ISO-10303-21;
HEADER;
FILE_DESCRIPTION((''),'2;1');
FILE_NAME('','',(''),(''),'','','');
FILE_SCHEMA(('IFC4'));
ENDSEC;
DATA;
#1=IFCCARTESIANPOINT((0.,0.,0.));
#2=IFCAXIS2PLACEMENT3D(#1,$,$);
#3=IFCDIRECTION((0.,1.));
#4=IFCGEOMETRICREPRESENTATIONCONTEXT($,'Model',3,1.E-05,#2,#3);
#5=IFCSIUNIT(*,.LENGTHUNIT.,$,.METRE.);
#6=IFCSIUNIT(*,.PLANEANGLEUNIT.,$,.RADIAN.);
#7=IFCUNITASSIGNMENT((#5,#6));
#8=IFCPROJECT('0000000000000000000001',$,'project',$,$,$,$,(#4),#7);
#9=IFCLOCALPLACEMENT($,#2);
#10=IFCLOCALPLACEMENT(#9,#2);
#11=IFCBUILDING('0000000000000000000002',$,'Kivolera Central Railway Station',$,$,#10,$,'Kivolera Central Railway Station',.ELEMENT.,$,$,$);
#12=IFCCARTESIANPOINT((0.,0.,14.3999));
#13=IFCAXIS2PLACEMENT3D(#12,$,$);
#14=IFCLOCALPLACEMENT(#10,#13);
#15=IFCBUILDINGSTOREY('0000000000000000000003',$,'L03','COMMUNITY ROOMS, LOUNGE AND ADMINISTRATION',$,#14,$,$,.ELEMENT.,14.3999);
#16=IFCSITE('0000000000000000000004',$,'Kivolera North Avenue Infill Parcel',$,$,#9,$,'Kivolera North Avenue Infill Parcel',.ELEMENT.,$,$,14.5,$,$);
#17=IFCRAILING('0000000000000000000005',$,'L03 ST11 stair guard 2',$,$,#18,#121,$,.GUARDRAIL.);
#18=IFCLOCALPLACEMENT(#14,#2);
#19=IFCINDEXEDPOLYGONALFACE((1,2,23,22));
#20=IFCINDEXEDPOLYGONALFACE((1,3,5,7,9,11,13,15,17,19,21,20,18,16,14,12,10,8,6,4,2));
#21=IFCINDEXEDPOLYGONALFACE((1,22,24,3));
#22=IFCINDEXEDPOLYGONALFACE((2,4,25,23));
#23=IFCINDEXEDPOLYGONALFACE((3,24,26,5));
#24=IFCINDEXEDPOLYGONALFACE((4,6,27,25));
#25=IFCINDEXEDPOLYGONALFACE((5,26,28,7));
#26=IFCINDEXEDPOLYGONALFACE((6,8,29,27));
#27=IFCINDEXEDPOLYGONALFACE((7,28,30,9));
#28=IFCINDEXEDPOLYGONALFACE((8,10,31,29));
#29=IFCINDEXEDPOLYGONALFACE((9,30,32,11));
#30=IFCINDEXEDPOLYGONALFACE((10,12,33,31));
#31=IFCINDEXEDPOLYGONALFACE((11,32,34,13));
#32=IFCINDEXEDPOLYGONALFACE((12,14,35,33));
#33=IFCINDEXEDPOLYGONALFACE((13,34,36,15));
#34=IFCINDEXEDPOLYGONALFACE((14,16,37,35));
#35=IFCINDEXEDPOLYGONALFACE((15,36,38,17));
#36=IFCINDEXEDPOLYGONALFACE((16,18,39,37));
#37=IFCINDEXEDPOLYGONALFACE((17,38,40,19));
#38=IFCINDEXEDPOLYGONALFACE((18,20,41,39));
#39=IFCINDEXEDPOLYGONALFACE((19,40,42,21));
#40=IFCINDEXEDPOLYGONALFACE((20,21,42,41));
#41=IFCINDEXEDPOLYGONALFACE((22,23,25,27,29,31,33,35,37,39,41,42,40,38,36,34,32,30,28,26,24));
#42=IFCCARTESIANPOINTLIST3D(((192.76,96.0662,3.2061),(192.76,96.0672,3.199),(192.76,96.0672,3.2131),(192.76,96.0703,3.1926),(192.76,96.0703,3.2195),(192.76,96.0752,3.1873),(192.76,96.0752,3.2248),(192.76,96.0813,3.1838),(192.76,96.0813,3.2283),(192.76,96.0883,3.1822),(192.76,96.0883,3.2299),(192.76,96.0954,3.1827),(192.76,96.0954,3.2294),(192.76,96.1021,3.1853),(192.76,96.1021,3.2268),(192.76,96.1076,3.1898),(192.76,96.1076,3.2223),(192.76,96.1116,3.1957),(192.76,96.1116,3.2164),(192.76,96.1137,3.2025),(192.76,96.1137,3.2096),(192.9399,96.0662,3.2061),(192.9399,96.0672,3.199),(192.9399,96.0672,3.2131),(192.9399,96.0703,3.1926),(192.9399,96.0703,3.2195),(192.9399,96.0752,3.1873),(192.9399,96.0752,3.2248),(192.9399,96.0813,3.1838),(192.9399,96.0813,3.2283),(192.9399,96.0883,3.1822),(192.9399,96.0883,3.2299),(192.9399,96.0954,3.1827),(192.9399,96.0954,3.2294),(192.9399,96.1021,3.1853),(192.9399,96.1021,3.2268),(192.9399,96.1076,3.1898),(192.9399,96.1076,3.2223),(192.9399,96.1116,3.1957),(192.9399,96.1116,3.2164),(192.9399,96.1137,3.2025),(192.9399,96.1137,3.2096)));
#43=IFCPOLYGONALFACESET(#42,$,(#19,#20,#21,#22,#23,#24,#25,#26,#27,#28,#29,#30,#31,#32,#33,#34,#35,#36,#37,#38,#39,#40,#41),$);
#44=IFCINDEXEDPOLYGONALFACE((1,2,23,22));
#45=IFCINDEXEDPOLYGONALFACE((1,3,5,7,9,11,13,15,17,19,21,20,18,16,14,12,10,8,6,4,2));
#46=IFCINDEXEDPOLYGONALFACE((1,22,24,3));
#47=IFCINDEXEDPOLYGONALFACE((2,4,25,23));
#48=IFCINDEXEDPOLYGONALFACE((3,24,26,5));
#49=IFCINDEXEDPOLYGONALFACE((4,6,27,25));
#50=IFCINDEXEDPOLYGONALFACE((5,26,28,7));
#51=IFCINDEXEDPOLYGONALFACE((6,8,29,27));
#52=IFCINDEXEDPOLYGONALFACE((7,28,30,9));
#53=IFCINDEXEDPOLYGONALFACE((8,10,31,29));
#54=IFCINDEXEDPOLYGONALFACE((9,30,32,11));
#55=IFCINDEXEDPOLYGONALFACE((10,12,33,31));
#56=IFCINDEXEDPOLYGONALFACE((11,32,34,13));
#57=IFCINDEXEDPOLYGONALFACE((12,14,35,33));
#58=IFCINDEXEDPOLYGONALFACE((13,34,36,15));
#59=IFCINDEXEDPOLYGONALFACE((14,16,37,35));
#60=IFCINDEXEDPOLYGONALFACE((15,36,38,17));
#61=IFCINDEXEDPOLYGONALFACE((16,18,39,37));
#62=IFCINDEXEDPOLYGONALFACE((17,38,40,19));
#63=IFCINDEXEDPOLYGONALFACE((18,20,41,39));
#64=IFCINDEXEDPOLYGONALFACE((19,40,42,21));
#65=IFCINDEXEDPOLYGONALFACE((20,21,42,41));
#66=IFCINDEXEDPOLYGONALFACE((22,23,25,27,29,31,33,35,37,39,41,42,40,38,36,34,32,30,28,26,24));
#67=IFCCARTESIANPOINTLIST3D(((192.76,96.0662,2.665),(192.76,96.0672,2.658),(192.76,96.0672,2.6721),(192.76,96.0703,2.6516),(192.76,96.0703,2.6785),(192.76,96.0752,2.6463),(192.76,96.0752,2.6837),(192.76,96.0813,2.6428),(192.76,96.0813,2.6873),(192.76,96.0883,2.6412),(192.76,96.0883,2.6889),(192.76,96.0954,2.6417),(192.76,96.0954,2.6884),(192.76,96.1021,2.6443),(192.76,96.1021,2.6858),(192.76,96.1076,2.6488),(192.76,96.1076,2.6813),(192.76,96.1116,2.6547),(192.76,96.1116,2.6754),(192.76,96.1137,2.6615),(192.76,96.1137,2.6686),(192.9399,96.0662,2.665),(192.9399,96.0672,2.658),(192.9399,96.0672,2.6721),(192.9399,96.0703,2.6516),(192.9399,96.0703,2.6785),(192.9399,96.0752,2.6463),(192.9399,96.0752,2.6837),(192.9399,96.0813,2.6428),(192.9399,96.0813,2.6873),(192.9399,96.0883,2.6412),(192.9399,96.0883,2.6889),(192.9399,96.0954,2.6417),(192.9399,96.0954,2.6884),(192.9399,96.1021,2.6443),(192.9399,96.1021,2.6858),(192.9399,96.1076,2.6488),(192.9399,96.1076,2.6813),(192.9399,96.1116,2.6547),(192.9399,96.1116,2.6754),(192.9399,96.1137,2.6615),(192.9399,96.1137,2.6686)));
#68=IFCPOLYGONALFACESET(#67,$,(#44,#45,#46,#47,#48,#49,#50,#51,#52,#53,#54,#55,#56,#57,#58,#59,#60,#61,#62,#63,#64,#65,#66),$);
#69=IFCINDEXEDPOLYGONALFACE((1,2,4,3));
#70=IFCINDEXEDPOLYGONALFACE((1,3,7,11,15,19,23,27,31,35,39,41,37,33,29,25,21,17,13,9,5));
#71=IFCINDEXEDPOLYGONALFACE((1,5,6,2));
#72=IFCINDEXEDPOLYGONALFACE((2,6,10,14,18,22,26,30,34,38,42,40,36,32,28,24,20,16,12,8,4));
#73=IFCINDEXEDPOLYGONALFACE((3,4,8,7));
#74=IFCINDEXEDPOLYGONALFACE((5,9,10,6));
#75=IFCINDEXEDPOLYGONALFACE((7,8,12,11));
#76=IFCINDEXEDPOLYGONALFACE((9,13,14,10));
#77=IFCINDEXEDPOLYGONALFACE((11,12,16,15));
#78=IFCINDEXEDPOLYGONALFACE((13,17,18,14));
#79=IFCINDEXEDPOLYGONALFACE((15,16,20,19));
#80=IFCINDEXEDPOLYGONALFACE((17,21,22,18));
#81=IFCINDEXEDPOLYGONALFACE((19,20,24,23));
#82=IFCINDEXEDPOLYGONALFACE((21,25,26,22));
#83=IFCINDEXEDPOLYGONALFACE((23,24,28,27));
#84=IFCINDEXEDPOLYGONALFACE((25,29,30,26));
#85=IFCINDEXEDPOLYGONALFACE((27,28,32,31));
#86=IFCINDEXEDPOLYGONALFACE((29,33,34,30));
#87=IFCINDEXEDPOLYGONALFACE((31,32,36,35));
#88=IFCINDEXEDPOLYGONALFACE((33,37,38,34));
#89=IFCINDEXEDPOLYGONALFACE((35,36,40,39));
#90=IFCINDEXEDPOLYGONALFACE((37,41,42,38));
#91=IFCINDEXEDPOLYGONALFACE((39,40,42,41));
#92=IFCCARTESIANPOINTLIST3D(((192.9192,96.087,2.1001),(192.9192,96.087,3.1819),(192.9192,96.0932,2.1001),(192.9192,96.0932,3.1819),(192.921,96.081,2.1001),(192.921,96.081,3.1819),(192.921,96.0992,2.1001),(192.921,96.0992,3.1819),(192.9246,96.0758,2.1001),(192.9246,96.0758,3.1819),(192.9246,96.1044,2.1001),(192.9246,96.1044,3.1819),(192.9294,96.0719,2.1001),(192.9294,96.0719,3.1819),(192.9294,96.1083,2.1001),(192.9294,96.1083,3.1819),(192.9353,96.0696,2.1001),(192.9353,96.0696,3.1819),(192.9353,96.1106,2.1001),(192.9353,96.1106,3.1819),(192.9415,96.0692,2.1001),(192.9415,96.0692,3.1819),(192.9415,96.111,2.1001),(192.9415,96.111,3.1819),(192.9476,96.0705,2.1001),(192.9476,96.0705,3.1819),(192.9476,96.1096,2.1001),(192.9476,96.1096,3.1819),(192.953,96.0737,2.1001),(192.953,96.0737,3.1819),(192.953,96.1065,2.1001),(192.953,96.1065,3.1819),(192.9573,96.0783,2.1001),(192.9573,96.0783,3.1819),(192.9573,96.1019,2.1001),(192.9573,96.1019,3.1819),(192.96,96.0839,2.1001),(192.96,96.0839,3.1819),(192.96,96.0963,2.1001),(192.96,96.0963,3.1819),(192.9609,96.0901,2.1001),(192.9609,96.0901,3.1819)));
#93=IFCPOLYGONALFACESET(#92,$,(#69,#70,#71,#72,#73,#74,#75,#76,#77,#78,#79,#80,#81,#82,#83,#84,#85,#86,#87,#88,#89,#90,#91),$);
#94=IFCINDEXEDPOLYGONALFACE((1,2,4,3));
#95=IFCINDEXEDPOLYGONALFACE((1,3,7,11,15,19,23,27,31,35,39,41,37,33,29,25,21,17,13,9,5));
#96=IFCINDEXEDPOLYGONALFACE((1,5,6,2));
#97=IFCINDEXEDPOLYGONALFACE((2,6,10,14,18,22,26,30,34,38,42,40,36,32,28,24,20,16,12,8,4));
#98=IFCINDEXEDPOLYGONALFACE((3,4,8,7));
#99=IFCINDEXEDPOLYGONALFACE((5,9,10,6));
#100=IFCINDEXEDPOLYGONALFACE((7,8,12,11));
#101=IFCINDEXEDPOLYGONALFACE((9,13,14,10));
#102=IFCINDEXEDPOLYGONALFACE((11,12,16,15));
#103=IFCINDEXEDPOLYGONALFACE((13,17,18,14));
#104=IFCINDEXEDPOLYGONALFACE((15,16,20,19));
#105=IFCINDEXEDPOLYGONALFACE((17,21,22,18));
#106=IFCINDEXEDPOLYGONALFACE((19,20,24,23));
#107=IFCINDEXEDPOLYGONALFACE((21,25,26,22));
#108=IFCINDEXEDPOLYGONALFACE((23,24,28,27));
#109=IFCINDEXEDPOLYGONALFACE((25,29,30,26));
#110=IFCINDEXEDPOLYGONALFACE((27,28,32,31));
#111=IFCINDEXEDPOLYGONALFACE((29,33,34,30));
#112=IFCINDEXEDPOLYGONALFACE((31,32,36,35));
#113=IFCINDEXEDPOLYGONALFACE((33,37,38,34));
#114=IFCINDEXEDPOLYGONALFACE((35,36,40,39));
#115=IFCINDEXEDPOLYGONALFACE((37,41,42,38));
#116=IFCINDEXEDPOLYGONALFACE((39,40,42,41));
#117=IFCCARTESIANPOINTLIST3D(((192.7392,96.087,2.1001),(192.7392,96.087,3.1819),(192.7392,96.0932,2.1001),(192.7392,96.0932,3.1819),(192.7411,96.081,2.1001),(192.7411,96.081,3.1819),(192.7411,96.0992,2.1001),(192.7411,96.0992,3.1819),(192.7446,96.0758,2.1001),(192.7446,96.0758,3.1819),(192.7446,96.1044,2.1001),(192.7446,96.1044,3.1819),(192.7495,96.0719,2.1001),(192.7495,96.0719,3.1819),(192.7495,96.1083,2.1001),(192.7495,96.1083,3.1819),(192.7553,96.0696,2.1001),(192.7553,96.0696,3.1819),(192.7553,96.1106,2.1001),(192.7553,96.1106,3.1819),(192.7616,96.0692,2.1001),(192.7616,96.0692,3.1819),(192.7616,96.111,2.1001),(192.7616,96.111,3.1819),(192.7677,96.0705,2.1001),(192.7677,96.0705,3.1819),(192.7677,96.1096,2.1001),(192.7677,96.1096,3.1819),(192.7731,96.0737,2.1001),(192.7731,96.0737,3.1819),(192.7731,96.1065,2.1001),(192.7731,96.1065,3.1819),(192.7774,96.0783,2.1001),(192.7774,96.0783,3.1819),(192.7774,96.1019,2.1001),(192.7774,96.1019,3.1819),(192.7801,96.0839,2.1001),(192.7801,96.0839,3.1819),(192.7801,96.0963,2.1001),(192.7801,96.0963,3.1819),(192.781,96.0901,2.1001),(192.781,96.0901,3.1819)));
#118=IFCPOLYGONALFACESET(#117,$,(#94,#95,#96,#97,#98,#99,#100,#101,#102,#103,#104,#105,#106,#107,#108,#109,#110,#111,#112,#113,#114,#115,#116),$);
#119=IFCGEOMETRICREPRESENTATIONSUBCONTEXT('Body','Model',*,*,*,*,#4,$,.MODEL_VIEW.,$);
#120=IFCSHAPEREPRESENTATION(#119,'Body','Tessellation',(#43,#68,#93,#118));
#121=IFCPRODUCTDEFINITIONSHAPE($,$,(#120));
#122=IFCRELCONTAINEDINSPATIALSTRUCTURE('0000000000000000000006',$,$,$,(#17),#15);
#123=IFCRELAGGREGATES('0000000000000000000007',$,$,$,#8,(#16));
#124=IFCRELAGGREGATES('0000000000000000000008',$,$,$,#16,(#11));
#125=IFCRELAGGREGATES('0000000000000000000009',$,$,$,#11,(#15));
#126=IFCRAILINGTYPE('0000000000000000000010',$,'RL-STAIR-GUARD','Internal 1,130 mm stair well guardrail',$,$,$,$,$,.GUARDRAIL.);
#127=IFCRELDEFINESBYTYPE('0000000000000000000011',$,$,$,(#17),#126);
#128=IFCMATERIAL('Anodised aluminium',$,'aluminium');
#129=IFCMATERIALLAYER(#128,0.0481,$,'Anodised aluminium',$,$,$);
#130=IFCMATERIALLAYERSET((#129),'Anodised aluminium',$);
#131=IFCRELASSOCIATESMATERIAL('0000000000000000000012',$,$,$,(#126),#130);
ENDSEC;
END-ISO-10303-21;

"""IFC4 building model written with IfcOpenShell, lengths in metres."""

from ifc_helpers import new_model, si_unit, direction, frame, origin, origin_2d, place, context, subcontext, project, spatial, circle, extrude, material, layer, layer_set, type_object, element, save


model = new_model("IFC4")

# Units and contexts
model_context = context("Model", 3, precision=1e-05, world=origin(), true_north=direction((0.0, 1.0)))
body_context = subcontext(model_context, "Body", "Model", "MODEL_VIEW")
ifc_project = project(units=[si_unit("LENGTHUNIT", "METRE"), si_unit("PLANEANGLEUNIT", "RADIAN")], contexts=[model_context])

# Site, building, storey
site_placement = place(None, origin())
site = spatial("IfcSite", under=ifc_project, at=site_placement, Name="Kivolera North Avenue Infill Parcel", LongName="Kivolera North Avenue Infill Parcel", CompositionType="ELEMENT", RefElevation=14.5)
building_placement = place(site_placement, origin())
building = spatial("IfcBuilding", under=site, at=building_placement, Name="Kivolera Central Railway Station", LongName="Kivolera Central Railway Station", CompositionType="ELEMENT")
storey_placement = place(building_placement, frame((0.0, 0.0, 14.3999)))
storey = spatial("IfcBuildingStorey", under=building, at=storey_placement, Name="L03", Description="COMMUNITY ROOMS, LOUNGE AND ADMINISTRATION", CompositionType="ELEMENT", Elevation=14.3999)

# Shared definitions
ifc_material_1 = material(Name="Anodised aluminium", Category="aluminium")

# Railing
ifc_layer_1 = layer(ifc_material_1, 0.0481, Name="Anodised aluminium")
ifc_layer_set_1 = layer_set([ifc_layer_1], Name="Anodised aluminium")
railing_type_1 = type_object("IfcRailingType", Name="RL-STAIR-GUARD", Description="Internal 1,130 mm stair well guardrail", PredefinedType="GUARDRAIL", material=ifc_layer_set_1)
railing_1_placement = place(storey_placement, frame((192.9399, 96.0901, 2.1001)))
element("IfcRailing", 1, at=railing_1_placement, inside=storey, type_object=railing_type_1, Name="L03 ST11 stair guard 2", PredefinedType="GUARDRAIL", context=body_context, shape_type="SweptSolid", body=[
    extrude(circle(Radius=0.0239, at=origin_2d()), frame((0.0, 0.0, 1.106), z_axis=(-1.0, 0.0, 0.0), x_axis=(0.0, -1.0, 0.0)), (0.0, 0.0, 1.0), 0.1799),
    extrude(circle(Radius=0.0239, at=origin_2d()), frame((0.0, 0.0, 0.5649), z_axis=(-1.0, 0.0, 0.0), x_axis=(0.0, -1.0, 0.0)), (0.0, 0.0, 1.0), 0.1799),
    extrude(circle(Radius=0.021, at=origin_2d()), origin(), (0.0, 0.0, 1.0), 1.0818),
    extrude(circle(Radius=0.021, at=origin_2d()), frame((-0.1799, 0.0, 0.0)), (0.0, 0.0, 1.0), 1.0818),
])

save(model, "model.ifc")
